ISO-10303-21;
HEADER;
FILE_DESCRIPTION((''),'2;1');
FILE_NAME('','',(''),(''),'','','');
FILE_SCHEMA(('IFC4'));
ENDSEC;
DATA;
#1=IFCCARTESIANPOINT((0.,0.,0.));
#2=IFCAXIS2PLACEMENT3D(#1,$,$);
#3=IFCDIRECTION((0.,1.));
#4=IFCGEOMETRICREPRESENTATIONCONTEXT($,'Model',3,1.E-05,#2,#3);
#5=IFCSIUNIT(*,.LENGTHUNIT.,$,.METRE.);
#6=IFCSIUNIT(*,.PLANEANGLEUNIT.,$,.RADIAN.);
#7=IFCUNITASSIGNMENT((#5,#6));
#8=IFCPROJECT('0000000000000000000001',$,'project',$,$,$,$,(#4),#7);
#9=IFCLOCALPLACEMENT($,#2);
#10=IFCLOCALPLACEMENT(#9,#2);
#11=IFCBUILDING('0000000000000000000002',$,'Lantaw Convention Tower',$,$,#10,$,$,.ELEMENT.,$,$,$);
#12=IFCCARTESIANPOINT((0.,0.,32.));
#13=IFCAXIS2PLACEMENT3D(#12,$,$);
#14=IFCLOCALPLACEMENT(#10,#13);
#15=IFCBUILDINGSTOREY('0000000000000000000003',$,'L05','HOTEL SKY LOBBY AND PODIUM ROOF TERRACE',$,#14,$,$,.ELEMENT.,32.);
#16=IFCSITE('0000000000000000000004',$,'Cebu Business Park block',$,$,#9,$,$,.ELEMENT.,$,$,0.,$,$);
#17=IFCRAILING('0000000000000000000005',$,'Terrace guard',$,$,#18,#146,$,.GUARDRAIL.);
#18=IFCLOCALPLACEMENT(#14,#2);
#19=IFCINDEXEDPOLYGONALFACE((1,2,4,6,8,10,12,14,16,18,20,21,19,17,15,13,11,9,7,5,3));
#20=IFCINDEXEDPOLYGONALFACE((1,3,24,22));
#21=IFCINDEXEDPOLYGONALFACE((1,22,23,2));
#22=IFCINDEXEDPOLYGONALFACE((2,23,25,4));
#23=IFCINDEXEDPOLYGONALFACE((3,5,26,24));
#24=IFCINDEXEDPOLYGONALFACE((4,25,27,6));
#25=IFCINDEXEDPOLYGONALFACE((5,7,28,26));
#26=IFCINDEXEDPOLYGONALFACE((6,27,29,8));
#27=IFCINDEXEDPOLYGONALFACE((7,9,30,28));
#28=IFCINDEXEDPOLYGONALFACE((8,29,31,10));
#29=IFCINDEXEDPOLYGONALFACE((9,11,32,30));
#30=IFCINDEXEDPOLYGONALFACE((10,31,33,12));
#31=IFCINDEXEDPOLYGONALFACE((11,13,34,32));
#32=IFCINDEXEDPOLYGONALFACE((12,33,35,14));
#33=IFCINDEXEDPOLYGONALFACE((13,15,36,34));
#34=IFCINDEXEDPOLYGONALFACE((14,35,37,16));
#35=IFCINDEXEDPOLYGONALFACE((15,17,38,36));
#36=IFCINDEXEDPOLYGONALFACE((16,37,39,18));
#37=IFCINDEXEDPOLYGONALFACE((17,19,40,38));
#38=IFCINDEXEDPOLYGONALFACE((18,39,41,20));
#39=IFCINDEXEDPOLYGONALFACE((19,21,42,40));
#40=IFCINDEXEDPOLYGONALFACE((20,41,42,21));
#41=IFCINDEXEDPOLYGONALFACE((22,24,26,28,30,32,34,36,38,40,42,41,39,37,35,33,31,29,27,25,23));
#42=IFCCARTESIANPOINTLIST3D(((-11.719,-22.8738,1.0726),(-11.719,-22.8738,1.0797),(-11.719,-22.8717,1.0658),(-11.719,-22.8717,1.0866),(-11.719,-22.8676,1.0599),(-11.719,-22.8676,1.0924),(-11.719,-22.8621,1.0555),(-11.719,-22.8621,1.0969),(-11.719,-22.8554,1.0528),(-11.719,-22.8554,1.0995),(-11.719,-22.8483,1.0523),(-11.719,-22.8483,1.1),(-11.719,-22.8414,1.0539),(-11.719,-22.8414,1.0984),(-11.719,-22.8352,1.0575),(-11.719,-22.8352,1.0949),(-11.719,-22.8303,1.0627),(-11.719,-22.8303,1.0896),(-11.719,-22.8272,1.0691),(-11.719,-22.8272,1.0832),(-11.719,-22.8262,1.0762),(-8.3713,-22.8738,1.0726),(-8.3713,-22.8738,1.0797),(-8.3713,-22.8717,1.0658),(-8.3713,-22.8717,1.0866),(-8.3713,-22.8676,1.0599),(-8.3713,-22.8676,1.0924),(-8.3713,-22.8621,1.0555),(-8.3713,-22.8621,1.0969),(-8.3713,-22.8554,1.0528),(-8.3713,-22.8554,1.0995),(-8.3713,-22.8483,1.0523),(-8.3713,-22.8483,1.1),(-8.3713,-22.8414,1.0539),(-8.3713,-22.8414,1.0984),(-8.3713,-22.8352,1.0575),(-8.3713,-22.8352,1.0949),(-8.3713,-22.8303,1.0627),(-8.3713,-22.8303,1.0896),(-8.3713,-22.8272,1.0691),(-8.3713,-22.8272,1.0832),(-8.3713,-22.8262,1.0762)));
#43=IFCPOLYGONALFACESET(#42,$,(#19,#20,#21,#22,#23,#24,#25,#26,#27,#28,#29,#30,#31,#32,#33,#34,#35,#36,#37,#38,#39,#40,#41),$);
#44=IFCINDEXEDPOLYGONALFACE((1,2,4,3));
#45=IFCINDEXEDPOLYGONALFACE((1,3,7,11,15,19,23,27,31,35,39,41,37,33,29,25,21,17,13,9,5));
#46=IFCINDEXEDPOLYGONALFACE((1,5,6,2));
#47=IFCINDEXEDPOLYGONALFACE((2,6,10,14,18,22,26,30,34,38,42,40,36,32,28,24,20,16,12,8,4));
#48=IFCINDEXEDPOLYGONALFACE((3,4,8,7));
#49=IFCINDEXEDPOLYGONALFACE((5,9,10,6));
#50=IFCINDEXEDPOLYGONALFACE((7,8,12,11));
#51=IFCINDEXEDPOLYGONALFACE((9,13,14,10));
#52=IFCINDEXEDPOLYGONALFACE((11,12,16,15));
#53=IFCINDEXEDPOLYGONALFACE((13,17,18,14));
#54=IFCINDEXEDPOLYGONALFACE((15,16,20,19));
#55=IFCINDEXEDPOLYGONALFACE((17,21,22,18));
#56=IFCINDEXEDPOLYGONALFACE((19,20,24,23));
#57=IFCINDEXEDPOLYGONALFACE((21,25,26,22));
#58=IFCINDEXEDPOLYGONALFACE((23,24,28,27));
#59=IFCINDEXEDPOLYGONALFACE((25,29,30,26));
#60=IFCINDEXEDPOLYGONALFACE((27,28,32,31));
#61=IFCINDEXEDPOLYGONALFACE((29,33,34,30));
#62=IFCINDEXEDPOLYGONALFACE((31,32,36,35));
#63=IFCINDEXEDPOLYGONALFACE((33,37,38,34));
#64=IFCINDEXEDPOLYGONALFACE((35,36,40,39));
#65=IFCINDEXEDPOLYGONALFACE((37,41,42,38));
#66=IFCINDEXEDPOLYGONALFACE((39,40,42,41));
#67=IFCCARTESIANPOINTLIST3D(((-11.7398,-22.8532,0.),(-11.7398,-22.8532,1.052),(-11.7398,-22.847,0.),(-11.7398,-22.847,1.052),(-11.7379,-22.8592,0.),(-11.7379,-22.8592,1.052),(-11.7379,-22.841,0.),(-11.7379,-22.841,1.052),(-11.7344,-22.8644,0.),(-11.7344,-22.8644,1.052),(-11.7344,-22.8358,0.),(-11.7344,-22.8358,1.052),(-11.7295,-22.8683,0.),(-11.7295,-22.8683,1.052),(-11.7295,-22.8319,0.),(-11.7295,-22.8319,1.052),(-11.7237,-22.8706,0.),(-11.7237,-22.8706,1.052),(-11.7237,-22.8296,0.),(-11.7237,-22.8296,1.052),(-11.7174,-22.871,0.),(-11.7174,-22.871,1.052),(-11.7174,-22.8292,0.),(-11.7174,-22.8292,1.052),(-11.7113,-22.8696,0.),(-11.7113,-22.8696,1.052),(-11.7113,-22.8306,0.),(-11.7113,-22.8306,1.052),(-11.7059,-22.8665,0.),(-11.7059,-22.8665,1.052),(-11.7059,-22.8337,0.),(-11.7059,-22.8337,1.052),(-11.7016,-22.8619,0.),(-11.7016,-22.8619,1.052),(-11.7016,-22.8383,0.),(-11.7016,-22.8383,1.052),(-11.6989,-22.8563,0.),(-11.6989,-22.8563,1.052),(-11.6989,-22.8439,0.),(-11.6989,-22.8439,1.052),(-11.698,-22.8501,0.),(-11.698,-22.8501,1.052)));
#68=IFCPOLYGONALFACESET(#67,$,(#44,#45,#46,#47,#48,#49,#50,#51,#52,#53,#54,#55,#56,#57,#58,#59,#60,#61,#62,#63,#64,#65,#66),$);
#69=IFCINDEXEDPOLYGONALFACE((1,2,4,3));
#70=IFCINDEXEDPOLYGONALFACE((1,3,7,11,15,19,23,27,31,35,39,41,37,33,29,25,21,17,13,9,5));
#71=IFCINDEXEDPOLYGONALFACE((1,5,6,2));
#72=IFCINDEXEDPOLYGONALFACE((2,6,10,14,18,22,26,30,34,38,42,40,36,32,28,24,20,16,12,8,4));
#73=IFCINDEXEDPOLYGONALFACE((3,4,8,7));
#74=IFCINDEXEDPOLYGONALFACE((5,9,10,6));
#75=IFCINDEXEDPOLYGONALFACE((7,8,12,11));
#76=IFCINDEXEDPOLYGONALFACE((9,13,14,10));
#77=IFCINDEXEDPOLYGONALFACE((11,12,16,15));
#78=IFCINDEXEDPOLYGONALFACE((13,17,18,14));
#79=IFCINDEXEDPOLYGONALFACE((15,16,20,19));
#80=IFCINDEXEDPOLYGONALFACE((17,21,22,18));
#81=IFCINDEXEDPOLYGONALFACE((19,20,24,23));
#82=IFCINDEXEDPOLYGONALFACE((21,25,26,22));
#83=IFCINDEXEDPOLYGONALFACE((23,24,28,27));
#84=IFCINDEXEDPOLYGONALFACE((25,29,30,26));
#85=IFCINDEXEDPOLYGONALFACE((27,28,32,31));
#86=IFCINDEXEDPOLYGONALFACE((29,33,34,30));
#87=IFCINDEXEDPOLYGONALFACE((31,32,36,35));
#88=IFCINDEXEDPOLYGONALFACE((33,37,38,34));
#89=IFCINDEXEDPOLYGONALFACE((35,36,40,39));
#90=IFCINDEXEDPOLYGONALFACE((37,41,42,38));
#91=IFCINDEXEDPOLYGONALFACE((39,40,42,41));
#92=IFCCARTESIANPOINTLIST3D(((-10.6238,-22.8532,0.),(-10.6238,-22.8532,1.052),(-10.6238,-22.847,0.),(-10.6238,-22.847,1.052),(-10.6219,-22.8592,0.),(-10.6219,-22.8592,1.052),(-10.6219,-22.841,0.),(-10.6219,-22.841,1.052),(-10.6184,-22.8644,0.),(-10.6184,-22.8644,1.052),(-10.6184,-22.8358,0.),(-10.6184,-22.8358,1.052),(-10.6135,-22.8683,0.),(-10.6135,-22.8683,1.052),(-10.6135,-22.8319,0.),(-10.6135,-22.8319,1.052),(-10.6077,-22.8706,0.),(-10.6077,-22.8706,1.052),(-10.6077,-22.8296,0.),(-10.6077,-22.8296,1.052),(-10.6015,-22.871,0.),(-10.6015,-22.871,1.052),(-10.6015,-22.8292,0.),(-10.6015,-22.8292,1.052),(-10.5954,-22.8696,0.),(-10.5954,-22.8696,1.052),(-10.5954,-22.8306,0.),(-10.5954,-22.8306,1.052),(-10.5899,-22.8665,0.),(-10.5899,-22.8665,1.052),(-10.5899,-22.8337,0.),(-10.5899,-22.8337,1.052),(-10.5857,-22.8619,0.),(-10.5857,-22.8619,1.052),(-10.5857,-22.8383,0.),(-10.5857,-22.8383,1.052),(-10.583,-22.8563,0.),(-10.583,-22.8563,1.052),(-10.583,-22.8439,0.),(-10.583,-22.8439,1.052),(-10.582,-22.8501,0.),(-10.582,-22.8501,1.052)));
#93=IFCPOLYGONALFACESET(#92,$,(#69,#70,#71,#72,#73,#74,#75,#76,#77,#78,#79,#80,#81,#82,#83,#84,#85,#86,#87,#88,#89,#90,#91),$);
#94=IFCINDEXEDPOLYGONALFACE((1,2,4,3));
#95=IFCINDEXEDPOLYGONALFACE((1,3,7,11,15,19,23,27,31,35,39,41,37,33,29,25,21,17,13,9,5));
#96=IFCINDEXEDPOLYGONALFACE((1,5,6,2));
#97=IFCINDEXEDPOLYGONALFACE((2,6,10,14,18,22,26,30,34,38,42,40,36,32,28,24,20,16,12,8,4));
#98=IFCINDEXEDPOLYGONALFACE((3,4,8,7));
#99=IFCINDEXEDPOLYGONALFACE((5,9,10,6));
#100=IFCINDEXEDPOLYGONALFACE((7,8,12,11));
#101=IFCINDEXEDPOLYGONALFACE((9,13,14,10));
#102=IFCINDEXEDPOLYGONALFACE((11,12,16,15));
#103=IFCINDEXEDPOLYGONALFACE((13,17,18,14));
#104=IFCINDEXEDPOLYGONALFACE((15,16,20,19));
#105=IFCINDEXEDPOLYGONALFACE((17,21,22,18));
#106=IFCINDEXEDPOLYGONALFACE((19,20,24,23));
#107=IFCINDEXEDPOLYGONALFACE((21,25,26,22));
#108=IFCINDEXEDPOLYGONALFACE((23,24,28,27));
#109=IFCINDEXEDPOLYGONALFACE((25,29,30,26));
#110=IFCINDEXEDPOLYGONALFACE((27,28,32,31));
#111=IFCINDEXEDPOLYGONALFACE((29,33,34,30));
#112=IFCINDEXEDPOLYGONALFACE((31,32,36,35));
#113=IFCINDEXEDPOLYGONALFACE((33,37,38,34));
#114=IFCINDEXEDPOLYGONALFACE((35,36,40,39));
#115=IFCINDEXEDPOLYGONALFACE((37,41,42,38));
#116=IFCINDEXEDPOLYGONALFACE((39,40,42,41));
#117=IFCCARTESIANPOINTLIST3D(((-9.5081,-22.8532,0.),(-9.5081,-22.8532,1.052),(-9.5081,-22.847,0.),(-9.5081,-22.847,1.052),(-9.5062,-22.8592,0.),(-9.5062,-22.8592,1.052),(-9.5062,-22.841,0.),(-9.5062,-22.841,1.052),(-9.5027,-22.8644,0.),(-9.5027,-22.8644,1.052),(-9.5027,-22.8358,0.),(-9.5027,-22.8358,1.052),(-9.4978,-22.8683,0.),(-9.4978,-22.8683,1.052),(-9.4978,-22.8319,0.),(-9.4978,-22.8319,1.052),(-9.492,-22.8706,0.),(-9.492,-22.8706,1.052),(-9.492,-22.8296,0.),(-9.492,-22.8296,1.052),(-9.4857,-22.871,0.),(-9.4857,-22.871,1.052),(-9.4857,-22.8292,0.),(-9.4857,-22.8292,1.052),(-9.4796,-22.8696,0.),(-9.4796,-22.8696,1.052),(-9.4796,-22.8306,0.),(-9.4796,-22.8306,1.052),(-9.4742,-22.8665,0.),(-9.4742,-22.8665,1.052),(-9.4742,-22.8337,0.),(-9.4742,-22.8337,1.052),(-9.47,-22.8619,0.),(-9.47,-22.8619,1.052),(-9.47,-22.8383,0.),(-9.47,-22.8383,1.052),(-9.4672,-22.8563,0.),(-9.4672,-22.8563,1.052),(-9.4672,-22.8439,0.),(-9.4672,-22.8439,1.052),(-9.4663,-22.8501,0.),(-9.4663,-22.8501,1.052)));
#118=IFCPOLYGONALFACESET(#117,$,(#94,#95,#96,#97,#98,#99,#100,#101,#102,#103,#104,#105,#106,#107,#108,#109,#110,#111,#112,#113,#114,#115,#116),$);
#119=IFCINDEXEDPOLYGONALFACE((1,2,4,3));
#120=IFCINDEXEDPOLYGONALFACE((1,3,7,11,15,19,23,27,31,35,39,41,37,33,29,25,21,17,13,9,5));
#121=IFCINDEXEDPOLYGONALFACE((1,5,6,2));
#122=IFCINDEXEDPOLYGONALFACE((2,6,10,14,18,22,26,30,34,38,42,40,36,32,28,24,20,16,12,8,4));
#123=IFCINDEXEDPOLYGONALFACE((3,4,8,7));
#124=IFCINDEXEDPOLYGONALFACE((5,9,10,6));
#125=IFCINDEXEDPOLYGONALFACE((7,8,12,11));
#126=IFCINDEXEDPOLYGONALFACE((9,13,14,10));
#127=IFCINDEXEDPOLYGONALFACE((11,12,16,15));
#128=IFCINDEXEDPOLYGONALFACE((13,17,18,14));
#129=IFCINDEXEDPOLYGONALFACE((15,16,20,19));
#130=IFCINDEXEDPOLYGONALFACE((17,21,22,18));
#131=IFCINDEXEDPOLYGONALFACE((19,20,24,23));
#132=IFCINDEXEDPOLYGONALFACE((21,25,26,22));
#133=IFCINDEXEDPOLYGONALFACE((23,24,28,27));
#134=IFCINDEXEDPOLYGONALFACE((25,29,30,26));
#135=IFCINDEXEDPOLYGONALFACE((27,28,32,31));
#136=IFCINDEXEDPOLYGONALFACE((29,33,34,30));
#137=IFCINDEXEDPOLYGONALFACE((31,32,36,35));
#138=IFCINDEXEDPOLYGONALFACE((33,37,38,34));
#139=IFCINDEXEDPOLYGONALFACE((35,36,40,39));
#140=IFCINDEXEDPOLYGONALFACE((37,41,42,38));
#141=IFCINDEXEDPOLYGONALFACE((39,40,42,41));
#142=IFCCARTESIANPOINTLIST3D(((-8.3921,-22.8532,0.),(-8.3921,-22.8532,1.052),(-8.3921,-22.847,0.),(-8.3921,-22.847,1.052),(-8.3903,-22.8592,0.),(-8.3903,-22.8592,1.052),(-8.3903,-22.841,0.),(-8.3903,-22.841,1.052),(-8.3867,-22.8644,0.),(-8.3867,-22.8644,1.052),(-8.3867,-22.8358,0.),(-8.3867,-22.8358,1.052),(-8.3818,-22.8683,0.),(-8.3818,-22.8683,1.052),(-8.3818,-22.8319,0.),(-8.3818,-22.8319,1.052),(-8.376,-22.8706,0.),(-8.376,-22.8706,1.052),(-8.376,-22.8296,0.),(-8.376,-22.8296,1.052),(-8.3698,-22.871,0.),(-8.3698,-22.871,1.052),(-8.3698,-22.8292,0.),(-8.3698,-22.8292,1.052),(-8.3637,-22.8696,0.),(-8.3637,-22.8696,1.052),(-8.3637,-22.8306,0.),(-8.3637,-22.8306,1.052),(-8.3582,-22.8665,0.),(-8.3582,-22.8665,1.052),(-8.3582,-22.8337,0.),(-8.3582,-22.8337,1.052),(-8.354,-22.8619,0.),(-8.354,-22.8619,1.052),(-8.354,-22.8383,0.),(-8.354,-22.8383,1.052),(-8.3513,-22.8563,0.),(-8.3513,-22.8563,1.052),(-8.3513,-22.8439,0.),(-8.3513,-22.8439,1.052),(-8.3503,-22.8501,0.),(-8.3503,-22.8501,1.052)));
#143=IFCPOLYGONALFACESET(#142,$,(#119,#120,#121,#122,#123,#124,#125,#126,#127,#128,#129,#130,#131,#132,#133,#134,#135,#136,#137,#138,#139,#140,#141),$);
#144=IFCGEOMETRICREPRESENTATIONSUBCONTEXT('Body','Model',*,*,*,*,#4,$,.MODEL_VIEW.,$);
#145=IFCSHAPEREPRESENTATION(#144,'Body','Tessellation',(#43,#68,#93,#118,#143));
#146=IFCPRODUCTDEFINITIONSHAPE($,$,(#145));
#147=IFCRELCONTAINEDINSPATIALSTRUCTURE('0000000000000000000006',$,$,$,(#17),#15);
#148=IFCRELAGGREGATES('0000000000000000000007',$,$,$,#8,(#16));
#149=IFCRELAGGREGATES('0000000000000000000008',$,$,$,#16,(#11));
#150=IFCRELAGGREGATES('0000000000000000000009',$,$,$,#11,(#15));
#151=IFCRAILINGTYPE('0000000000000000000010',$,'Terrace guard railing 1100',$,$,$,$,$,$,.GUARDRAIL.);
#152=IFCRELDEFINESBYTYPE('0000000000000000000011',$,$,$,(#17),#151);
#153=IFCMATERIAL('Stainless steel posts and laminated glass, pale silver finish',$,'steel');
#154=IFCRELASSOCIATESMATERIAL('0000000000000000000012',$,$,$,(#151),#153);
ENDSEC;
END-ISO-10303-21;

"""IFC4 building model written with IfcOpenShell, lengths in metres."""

from ifc_helpers import new_model, si_unit, direction, frame, origin, origin_2d, place, context, subcontext, project, spatial, circle, extrude, material, type_object, element, save


model = new_model("IFC4")

# Units and contexts
model_context = context("Model", 3, precision=1e-05, world=origin(), true_north=direction((0.0, 1.0)))
body_context = subcontext(model_context, "Body", "Model", "MODEL_VIEW")
ifc_project = project(units=[si_unit("LENGTHUNIT", "METRE"), si_unit("PLANEANGLEUNIT", "RADIAN")], contexts=[model_context])

# Site, building, storey
site_placement = place(None, origin())
site = spatial("IfcSite", under=ifc_project, at=site_placement, Name="Cebu Business Park block", CompositionType="ELEMENT", RefElevation=0.0)
building_placement = place(site_placement, origin())
building = spatial("IfcBuilding", under=site, at=building_placement, Name="Lantaw Convention Tower", CompositionType="ELEMENT")
storey_placement = place(building_placement, frame((0.0, 0.0, 32.0)))
storey = spatial("IfcBuildingStorey", under=building, at=storey_placement, Name="L05", Description="HOTEL SKY LOBBY AND PODIUM ROOF TERRACE", CompositionType="ELEMENT", Elevation=32.0)

# Railing
ifc_material_1 = material(Name="Stainless steel posts and laminated glass, pale silver finish", Category="steel")
railing_type = type_object("IfcRailingType", Name="Terrace guard railing 1100", PredefinedType="GUARDRAIL", material=ifc_material_1)
railing_1_placement = place(storey_placement, frame((-11.719, -22.8501, 0.0)))
element("IfcRailing", 1, at=railing_1_placement, inside=storey, type_object=railing_type, Name="Terrace guard", PredefinedType="GUARDRAIL", context=body_context, shape_type="SweptSolid", body=[
    extrude(circle(Radius=0.0239, at=origin_2d()), frame((0.0, 0.0, 1.0762), z_axis=(1.0, 0.0, 0.0), x_axis=(0.0, 1.0, 0.0)), (0.0, 0.0, 1.0), 3.3477),
    extrude(circle(Radius=0.021, at=origin_2d()), origin(), (0.0, 0.0, 1.0), 1.052),
    extrude(circle(Radius=0.021, at=origin_2d()), frame((1.116, 0.0, 0.0)), (0.0, 0.0, 1.0), 1.052),
    extrude(circle(Radius=0.021, at=origin_2d()), frame((2.2317, 0.0, 0.0)), (0.0, 0.0, 1.0), 1.052),
    extrude(circle(Radius=0.021, at=origin_2d()), frame((3.3477, 0.0, 0.0)), (0.0, 0.0, 1.0), 1.052),
])

save(model, "model.ifc")
